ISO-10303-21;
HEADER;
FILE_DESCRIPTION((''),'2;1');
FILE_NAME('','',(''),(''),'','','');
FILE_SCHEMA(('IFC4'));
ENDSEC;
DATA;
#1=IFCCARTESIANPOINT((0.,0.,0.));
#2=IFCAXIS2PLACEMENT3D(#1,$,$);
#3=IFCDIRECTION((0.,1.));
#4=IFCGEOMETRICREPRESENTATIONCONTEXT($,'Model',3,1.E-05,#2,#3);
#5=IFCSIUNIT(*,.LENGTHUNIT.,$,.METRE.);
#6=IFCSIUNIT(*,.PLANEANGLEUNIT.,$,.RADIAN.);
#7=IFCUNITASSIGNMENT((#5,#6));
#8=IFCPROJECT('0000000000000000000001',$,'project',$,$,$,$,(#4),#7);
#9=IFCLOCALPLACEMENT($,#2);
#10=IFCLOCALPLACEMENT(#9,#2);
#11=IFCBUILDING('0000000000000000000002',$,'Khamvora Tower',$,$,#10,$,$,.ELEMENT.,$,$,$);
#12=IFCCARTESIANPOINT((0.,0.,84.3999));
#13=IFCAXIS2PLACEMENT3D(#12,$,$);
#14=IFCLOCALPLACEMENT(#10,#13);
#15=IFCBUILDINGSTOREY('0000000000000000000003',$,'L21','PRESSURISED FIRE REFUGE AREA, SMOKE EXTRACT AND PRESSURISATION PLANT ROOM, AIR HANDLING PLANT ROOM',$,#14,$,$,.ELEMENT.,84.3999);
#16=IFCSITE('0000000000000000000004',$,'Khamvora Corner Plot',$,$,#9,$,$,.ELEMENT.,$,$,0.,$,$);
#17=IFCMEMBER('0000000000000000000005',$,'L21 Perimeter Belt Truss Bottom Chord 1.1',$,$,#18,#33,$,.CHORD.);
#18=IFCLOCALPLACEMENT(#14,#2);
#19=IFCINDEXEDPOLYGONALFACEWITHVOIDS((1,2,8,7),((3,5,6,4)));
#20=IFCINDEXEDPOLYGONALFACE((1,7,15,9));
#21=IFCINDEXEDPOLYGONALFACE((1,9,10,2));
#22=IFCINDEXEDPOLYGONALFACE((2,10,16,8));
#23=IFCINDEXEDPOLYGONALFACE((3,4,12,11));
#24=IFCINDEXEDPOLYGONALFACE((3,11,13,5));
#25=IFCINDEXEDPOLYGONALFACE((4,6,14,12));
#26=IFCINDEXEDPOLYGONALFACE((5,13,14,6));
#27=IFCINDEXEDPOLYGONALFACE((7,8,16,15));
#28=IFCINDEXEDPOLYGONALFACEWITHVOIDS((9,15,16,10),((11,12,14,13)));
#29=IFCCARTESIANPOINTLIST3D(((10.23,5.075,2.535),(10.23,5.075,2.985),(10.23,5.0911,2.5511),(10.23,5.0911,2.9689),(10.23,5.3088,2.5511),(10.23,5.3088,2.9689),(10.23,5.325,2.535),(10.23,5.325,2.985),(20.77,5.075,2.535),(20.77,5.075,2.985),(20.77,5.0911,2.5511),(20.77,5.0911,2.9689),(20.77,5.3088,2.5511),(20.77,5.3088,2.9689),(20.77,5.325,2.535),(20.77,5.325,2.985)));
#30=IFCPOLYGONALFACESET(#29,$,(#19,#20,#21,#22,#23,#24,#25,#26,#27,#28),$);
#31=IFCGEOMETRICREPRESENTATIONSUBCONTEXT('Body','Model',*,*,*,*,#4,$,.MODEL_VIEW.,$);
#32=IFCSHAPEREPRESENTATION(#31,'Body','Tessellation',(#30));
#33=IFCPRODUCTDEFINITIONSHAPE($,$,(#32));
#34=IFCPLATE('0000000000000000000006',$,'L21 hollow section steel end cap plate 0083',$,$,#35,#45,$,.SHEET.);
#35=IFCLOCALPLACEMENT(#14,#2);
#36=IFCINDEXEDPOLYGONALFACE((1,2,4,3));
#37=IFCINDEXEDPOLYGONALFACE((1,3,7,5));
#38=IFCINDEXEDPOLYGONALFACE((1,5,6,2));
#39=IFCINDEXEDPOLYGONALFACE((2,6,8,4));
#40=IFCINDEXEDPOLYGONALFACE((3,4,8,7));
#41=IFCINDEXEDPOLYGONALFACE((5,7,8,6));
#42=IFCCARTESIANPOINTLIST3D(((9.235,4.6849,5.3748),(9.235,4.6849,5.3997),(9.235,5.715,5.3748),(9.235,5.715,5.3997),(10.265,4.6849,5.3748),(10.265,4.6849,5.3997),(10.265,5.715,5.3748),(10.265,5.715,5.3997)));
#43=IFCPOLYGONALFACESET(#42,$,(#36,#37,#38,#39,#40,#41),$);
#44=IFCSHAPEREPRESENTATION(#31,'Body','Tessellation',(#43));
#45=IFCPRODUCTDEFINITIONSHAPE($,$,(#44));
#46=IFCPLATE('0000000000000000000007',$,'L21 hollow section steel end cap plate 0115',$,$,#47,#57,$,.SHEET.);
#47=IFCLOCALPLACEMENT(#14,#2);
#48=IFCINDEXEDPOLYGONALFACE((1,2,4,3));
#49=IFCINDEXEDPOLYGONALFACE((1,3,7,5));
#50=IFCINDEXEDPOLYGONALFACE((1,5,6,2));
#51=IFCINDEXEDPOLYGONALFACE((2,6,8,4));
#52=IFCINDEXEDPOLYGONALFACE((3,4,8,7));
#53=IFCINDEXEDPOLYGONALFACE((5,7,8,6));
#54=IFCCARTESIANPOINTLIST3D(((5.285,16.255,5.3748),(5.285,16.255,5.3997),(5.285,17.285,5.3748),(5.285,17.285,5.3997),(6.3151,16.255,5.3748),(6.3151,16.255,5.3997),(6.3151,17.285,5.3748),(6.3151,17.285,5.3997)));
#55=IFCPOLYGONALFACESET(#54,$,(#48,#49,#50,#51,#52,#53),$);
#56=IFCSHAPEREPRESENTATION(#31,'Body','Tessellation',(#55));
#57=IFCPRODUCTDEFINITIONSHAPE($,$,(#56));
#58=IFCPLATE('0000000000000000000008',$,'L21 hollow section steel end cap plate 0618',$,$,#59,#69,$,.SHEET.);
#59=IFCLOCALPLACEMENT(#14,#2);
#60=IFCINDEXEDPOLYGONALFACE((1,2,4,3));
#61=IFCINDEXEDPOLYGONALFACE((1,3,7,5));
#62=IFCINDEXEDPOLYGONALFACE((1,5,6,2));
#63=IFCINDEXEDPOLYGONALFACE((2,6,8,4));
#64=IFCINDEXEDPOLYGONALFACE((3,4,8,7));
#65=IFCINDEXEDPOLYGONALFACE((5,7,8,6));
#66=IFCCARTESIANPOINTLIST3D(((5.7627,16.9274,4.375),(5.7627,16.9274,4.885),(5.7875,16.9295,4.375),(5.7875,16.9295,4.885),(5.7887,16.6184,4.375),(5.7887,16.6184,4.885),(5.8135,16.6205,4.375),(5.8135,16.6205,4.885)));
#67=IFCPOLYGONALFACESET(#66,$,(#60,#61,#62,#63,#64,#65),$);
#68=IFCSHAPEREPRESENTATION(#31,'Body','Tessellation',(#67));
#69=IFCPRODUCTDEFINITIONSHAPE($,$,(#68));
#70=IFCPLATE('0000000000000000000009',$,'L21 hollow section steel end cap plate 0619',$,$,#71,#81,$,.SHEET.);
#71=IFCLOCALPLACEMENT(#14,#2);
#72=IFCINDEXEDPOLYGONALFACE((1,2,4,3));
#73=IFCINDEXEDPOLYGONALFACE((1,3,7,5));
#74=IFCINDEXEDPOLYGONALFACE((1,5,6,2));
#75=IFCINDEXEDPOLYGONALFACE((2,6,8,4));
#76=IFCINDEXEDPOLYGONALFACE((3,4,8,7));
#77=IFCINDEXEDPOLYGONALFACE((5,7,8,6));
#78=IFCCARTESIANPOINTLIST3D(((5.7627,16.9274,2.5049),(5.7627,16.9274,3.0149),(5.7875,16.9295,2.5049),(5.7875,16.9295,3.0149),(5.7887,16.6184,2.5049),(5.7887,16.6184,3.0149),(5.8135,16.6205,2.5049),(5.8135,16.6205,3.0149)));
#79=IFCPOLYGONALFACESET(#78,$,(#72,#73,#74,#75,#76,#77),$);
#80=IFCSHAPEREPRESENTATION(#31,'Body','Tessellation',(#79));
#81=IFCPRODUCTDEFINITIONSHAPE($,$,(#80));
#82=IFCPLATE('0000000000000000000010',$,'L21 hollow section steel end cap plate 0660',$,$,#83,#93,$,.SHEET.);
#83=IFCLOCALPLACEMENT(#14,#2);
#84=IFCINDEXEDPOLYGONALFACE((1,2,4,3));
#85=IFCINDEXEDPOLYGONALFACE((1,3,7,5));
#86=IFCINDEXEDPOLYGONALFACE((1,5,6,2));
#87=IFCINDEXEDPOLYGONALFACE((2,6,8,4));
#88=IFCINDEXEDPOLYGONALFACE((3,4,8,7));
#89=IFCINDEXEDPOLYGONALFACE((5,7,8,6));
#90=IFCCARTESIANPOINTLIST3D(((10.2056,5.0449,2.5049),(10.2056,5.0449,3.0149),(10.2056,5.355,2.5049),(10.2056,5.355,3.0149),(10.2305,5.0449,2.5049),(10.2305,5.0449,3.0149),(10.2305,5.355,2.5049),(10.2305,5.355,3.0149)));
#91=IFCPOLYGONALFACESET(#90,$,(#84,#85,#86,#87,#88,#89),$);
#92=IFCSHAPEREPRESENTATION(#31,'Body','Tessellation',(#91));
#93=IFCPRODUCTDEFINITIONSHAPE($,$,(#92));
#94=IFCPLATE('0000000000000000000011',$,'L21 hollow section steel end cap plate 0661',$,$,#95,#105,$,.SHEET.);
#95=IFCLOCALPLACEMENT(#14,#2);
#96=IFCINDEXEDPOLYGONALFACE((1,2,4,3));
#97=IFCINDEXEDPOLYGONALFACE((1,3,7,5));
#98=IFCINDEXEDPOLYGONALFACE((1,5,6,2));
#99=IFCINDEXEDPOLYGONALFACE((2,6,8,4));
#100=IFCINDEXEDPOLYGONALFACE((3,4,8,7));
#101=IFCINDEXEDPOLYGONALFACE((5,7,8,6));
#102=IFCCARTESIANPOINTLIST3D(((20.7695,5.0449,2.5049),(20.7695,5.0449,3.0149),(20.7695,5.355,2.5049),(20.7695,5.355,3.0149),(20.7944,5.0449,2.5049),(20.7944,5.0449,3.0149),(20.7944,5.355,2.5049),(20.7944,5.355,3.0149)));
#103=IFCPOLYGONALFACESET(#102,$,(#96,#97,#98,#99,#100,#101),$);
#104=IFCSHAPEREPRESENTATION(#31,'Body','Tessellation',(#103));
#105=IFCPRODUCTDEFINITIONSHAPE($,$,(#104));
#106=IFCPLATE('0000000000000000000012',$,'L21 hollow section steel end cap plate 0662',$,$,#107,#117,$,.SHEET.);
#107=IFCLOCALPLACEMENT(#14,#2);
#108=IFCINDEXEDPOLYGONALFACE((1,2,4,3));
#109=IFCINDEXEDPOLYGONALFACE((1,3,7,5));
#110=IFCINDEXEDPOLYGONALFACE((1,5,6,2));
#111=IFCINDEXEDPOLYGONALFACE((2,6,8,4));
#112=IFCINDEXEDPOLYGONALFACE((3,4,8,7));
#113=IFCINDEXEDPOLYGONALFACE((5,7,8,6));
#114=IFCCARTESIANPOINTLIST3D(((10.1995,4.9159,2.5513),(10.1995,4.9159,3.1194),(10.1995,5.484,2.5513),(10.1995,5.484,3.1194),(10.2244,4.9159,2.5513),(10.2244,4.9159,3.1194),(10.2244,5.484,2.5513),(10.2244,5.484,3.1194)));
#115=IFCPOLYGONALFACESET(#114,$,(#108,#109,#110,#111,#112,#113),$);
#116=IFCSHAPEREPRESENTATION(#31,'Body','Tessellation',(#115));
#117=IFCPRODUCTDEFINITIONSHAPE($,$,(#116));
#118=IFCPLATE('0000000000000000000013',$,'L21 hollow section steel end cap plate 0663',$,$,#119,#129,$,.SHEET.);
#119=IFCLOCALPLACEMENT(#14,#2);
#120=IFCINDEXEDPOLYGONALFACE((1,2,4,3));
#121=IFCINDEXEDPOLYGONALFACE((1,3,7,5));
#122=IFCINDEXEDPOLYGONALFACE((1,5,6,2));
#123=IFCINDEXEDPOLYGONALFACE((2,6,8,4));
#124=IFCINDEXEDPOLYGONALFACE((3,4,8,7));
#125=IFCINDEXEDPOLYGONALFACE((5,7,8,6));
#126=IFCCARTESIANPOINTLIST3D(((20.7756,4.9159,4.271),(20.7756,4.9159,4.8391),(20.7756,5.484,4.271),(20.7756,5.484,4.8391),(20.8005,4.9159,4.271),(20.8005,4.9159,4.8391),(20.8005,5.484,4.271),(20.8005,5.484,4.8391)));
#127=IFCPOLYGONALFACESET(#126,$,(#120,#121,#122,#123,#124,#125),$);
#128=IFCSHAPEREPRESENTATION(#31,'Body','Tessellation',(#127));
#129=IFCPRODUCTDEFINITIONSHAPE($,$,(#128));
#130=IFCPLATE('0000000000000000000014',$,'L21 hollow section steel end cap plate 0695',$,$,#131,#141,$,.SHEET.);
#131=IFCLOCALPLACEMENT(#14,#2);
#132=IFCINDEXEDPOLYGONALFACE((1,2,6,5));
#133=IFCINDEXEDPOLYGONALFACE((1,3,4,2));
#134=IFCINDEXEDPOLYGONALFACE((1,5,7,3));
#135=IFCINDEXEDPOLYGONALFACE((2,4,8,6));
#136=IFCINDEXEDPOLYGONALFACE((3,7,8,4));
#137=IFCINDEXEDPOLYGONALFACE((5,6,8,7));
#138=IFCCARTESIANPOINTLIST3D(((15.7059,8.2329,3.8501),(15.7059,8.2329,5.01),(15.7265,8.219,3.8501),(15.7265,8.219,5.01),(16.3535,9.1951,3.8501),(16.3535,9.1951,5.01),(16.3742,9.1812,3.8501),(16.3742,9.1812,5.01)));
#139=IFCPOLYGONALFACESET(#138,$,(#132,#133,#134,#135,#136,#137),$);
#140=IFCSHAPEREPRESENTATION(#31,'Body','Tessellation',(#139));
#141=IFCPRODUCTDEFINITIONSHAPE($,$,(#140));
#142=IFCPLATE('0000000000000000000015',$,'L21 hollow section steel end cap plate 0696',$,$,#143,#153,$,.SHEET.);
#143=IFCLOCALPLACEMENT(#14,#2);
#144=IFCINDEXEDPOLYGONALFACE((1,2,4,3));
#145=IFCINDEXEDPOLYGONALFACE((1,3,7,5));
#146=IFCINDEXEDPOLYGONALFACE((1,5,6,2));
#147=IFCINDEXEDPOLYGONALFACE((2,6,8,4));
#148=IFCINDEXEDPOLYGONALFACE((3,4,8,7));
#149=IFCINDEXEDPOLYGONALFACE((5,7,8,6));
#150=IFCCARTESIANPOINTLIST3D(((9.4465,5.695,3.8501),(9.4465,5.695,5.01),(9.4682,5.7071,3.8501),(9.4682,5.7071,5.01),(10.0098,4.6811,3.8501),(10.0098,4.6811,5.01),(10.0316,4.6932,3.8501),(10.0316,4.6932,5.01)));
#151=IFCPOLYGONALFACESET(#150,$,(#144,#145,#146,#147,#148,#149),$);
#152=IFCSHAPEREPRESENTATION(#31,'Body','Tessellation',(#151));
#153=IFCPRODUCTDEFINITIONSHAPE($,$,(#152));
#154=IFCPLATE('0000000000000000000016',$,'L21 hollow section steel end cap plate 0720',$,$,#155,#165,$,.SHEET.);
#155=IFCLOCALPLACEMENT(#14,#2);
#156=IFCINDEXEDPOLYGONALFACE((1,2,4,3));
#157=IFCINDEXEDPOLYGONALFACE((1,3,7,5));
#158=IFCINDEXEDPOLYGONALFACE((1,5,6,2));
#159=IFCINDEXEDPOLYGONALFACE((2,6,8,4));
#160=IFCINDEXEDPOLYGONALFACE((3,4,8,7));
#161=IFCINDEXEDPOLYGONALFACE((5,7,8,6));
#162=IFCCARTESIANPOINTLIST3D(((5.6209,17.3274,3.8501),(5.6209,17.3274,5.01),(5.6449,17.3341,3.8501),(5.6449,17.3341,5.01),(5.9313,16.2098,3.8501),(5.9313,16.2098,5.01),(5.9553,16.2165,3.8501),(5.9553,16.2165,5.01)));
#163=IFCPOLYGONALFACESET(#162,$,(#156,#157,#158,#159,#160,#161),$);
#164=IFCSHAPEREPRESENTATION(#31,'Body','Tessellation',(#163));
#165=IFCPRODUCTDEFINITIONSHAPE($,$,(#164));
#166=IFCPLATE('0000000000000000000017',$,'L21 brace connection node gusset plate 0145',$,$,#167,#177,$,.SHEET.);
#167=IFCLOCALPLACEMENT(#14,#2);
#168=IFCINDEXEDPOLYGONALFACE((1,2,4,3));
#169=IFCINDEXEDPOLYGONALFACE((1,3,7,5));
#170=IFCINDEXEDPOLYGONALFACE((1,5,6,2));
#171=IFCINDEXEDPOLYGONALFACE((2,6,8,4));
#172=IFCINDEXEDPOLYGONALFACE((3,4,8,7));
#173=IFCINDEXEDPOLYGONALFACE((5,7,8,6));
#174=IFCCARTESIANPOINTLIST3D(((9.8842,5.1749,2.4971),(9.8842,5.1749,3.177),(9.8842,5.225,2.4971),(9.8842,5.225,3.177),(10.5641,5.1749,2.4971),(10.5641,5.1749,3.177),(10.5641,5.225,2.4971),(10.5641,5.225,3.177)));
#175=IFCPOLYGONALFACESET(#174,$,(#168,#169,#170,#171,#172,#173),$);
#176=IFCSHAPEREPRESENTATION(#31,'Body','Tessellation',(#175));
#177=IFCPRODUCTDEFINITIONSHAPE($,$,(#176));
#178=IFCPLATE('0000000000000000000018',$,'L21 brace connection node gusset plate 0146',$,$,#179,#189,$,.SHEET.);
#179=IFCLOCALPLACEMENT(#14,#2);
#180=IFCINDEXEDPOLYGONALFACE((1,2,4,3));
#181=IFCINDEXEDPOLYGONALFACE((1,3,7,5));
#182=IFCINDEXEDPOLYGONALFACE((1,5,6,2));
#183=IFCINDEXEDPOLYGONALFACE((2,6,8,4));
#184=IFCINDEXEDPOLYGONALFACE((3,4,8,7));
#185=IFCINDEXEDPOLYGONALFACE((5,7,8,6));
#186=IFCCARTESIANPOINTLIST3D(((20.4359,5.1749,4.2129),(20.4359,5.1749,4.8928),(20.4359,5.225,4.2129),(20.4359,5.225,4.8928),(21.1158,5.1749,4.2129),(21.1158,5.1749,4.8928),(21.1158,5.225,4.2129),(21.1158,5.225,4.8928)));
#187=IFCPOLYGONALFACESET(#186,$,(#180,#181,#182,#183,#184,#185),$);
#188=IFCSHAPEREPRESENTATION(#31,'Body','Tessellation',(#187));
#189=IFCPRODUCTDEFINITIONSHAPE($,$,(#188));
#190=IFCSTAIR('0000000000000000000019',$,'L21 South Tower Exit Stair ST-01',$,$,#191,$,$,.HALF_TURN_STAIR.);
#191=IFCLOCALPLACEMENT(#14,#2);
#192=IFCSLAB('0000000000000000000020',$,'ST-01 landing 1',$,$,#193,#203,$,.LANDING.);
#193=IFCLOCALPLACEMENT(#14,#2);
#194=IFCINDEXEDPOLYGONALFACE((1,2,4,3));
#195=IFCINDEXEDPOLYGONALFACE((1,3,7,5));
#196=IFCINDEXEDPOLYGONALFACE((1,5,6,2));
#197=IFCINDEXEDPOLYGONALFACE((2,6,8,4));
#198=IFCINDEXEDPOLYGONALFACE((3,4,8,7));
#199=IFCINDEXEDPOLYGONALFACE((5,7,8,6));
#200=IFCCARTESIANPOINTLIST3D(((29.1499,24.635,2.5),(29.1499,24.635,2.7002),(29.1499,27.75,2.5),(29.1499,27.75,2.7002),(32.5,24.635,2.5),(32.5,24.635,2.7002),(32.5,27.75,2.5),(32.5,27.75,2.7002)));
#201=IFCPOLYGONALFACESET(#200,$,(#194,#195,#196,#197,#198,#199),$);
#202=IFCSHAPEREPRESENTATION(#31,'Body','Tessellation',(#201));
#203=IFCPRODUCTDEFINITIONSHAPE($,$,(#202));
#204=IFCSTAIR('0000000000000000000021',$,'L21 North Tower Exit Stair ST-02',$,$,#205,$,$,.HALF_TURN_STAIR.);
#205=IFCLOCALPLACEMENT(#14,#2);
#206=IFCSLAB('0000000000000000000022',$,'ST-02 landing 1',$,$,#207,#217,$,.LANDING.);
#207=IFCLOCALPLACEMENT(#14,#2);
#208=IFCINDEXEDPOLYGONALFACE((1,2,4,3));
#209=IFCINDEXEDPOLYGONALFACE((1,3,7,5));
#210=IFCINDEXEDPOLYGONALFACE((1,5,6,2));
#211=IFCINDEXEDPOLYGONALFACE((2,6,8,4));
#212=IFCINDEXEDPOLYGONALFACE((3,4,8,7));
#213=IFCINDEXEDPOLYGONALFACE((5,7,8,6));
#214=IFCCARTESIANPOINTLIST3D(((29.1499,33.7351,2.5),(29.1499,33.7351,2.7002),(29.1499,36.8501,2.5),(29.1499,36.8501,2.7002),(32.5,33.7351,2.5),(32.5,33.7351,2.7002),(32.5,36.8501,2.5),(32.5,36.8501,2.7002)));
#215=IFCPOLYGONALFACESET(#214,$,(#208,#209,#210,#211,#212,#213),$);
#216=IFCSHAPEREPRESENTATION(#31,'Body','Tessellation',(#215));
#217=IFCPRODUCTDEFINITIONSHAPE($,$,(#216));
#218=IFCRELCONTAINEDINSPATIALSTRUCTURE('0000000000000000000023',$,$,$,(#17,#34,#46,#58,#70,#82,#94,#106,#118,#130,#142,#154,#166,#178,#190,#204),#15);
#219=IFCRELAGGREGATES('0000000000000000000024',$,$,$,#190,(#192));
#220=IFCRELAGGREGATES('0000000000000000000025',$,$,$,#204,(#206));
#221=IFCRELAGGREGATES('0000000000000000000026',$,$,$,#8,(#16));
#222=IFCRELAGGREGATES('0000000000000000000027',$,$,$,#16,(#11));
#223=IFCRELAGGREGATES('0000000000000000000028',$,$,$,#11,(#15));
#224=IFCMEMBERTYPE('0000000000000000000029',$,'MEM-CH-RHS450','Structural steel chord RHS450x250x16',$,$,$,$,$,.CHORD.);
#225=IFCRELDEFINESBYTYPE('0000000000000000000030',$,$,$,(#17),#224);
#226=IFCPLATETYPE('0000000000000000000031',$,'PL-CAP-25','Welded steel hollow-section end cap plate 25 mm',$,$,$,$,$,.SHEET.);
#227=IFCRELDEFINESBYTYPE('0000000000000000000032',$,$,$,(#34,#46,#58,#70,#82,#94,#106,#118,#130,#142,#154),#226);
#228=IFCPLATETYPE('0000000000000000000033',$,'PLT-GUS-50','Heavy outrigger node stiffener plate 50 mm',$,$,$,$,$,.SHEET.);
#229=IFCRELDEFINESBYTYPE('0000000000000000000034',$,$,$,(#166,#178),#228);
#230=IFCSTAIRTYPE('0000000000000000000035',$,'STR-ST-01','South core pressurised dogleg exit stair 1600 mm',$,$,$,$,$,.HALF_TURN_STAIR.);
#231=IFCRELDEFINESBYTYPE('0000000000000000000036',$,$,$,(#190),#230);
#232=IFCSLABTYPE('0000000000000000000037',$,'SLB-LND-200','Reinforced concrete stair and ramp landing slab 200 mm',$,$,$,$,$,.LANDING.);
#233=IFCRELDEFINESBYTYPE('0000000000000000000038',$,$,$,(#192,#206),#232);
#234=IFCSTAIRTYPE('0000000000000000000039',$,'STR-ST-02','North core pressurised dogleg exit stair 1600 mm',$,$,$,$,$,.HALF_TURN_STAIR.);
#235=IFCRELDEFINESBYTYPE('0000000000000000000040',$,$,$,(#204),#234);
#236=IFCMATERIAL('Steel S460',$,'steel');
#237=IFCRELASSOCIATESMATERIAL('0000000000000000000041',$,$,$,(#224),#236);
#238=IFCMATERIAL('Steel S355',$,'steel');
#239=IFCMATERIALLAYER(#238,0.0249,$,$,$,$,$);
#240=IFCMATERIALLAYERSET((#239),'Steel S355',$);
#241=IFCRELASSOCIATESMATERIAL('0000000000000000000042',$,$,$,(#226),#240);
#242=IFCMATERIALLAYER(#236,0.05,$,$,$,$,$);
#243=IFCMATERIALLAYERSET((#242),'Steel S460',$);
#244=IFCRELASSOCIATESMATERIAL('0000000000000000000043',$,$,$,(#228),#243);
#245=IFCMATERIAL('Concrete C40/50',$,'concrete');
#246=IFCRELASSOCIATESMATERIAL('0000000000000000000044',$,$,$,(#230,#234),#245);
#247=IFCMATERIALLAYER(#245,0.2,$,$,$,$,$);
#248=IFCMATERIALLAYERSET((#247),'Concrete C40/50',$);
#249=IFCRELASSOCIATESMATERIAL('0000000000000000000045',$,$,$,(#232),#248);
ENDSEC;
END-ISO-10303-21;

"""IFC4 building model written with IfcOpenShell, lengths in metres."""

from ifc_helpers import new_model, si_unit, direction, frame, origin, origin_2d, place, context, subcontext, project, spatial, polyline, rectangle, hollow_rectangle, outline, extrude, material, layer, layer_set, material_profile, profile_set, type_object, element, aggregate, save


model = new_model("IFC4")

# Units and contexts
model_context = context("Model", 3, precision=1e-05, world=origin(), true_north=direction((0.0, 1.0)))
body_context = subcontext(model_context, "Body", "Model", "MODEL_VIEW")
ifc_project = project(units=[si_unit("LENGTHUNIT", "METRE"), si_unit("PLANEANGLEUNIT", "RADIAN")], contexts=[model_context])

# Site, building, storey
site_placement = place(None, origin())
site = spatial("IfcSite", under=ifc_project, at=site_placement, Name="Khamvora Corner Plot", CompositionType="ELEMENT", RefElevation=0.0)
building_placement = place(site_placement, origin())
building = spatial("IfcBuilding", under=site, at=building_placement, Name="Khamvora Tower", CompositionType="ELEMENT")
storey_placement = place(building_placement, frame((0.0, 0.0, 84.3999)))
storey = spatial("IfcBuildingStorey", under=building, at=storey_placement, Name="L21", Description="PRESSURISED FIRE REFUGE AREA, SMOKE EXTRACT AND PRESSURISATION PLANT ROOM, AIR HANDLING PLANT ROOM", CompositionType="ELEMENT", Elevation=84.3999)

# Shared definitions
ifc_material_1 = material(Name="Steel S355", Category="steel")

# Shared definitions
ifc_material_2 = material(Name="Steel S460", Category="steel")

# Member
ifc_material_profile_1 = material_profile(ifc_material_2, hollow_rectangle(XDim=0.25, YDim=0.45, WallThickness=0.0161, at=origin_2d()), Name="RHS450x250x16")
ifc_profile_set_1 = profile_set([ifc_material_profile_1], Name="Steel S460")
member_type_1 = type_object("IfcMemberType", Name="MEM-CH-RHS450", Description="Structural steel chord RHS450x250x16", PredefinedType="CHORD", material=ifc_profile_set_1)
member_1_placement = place(storey_placement, frame((10.23, 5.2, 2.76), z_axis=(1.0, 0.0, 0.0), x_axis=(0.0, 1.0, 0.0)))
element("IfcMember", 1, at=member_1_placement, inside=storey, type_object=member_type_1, Name="L21 Perimeter Belt Truss Bottom Chord 1.1", PredefinedType="CHORD", context=body_context, shape_type="SweptSolid", body=[
    extrude(hollow_rectangle(XDim=0.25, YDim=0.45, WallThickness=0.0161, at=origin_2d()), origin(), (0.0, 0.0, 1.0), 10.54),
])

# Plates
ifc_layer_1 = layer(ifc_material_1, 0.0249)
ifc_layer_set_1 = layer_set([ifc_layer_1], Name="Steel S355")
plate_type_1 = type_object("IfcPlateType", Name="PL-CAP-25", Description="Welded steel hollow-section end cap plate 25 mm", PredefinedType="SHEET", material=ifc_layer_set_1)
for number, where, z_axis, x_axis, name in (
    (2, (9.75, 5.2, 5.3748), (0.0, 0.0, 1.0), (1.0, 0.0, 0.0), "L21 hollow section steel end cap plate 0083"),
    (3, (5.8, 16.77, 5.3748), (0.0, 0.0, 1.0), (1.0, 0.0, 0.0), "L21 hollow section steel end cap plate 0115"),
):
    element("IfcPlate", number, at=place(storey_placement, frame(where, z_axis=z_axis, x_axis=x_axis)), inside=storey, type_object=plate_type_1, Name=name, PredefinedType="SHEET", context=body_context, shape_type="SweptSolid", body=[
        extrude(rectangle(XDim=1.03, YDim=1.03, at=origin_2d()), origin(), (0.0, 0.0, 1.0), 0.0249),
    ])
for number, where, z_axis, x_axis, name in (
    (4, (5.7881, 16.7739, 4.375), (0.0, 0.0, 1.0), (-0.996488, -0.08373, 0.0), "L21 hollow section steel end cap plate 0618"),
    (5, (5.7881, 16.7739, 2.5049), (0.0, 0.0, 1.0), (-0.996488, -0.08373, 0.0), "L21 hollow section steel end cap plate 0619"),
    (6, (10.218, 5.2, 2.5049), (0.0, 0.0, 1.0), (1.0, 0.0, 0.0), "L21 hollow section steel end cap plate 0660"),
    (7, (20.782, 5.2, 2.5049), (0.0, 0.0, 1.0), (1.0, 0.0, 0.0), "L21 hollow section steel end cap plate 0661"),
):
    element("IfcPlate", number, at=place(storey_placement, frame(where, z_axis=z_axis, x_axis=x_axis)), inside=storey, type_object=plate_type_1, Name=name, PredefinedType="SHEET", context=body_context, shape_type="SweptSolid", body=[
        extrude(rectangle(XDim=0.0249, YDim=0.3101, at=origin_2d()), origin(), (0.0, 0.0, 1.0), 0.51),
    ])
for number, where, z_axis, x_axis, name in (
    (8, (10.2119, 5.2, 2.5513), (0.0, 0.0, 1.0), (1.0, 0.0, 0.0), "L21 hollow section steel end cap plate 0662"),
    (9, (20.7881, 5.2, 4.271), (0.0, 0.0, 1.0), (1.0, 0.0, 0.0), "L21 hollow section steel end cap plate 0663"),
):
    element("IfcPlate", number, at=place(storey_placement, frame(where, z_axis=z_axis, x_axis=x_axis)), inside=storey, type_object=plate_type_1, Name=name, PredefinedType="SHEET", context=body_context, shape_type="SweptSolid", body=[
        extrude(rectangle(XDim=0.0249, YDim=0.5681, at=origin_2d()), origin(), (0.0, 0.0, 1.0), 0.5681),
    ])
for number, where, z_axis, x_axis, name in (
    (10, (16.04, 8.707, 3.8501), (0.0, 0.0, 1.0), (-0.829584, 0.558382, 0.0), "L21 hollow section steel end cap plate 0695"),
    (11, (9.739, 5.1941, 3.8501), (0.0, 0.0, 1.0), (0.874154, 0.485649, 0.0), "L21 hollow section steel end cap plate 0696"),
    (12, (5.7881, 16.772, 3.8501), (0.0, 0.0, 1.0), (0.963518, 0.267642, 0.0), "L21 hollow section steel end cap plate 0720"),
):
    element("IfcPlate", number, at=place(storey_placement, frame(where, z_axis=z_axis, x_axis=x_axis)), inside=storey, type_object=plate_type_1, Name=name, PredefinedType="SHEET", context=body_context, shape_type="SweptSolid", body=[
        extrude(rectangle(XDim=0.0249, YDim=1.1599, at=origin_2d()), origin(), (0.0, 0.0, 1.0), 1.1599),
    ])
ifc_layer_2 = layer(ifc_material_2, 0.05)
ifc_layer_set_2 = layer_set([ifc_layer_2], Name="Steel S460")
plate_type_2 = type_object("IfcPlateType", Name="PLT-GUS-50", Description="Heavy outrigger node stiffener plate 50 mm", PredefinedType="SHEET", material=ifc_layer_set_2)
for number, where, z_axis, x_axis, name in (
    (13, (10.2241, 5.2, 2.4971), (0.0, 0.0, 1.0), (1.0, 0.0, 0.0), "L21 brace connection node gusset plate 0145"),
    (14, (20.7759, 5.2, 4.2129), (0.0, 0.0, 1.0), (1.0, 0.0, 0.0), "L21 brace connection node gusset plate 0146"),
):
    element("IfcPlate", number, at=place(storey_placement, frame(where, z_axis=z_axis, x_axis=x_axis)), inside=storey, type_object=plate_type_2, Name=name, PredefinedType="SHEET", context=body_context, shape_type="SweptSolid", body=[
        extrude(rectangle(XDim=0.6799, YDim=0.05, at=origin_2d()), origin(), (0.0, 0.0, 1.0), 0.6799),
    ])

# Stairs, slabs
ifc_material_3 = material(Name="Concrete C40/50", Category="concrete")
stair_type_1 = type_object("IfcStairType", Name="STR-ST-01", Description="South core pressurised dogleg exit stair 1600 mm", PredefinedType="HALF_TURN_STAIR", material=ifc_material_3)
stair_1_placement = place(storey_placement, origin())
stair_1 = element("IfcStair", 15, at=stair_1_placement, inside=storey, type_object=stair_type_1, Name="L21 South Tower Exit Stair ST-01", PredefinedType="HALF_TURN_STAIR")
ifc_layer_3 = layer(ifc_material_3, 0.2)
ifc_layer_set_3 = layer_set([ifc_layer_3], Name="Concrete C40/50")
slab_type_1 = type_object("IfcSlabType", Name="SLB-LND-200", Description="Reinforced concrete stair and ramp landing slab 200 mm", PredefinedType="LANDING", material=ifc_layer_set_3)
slab_1_placement = place(storey_placement, frame((0.0, 0.0, 2.5)))
slab_1 = element("IfcSlab", 16, at=slab_1_placement, type_object=slab_type_1, Name="ST-01 landing 1", PredefinedType="LANDING", context=body_context, shape_type="SweptSolid", body=[
    extrude(outline(polyline([(32.5, 24.635), (32.5, 27.75), (29.1499, 27.75), (29.1499, 24.635), (32.5, 24.635)])), origin(), (0.0, 0.0, 1.0), 0.2002),
])
aggregate(stair_1, [slab_1])
stair_type_2 = type_object("IfcStairType", Name="STR-ST-02", Description="North core pressurised dogleg exit stair 1600 mm", PredefinedType="HALF_TURN_STAIR", material=ifc_material_3)
stair_2_placement = place(storey_placement, origin())
stair_2 = element("IfcStair", 17, at=stair_2_placement, inside=storey, type_object=stair_type_2, Name="L21 North Tower Exit Stair ST-02", PredefinedType="HALF_TURN_STAIR")
slab_2_placement = place(storey_placement, frame((0.0, 0.0, 2.5)))
slab_2 = element("IfcSlab", 18, at=slab_2_placement, type_object=slab_type_1, Name="ST-02 landing 1", PredefinedType="LANDING", context=body_context, shape_type="SweptSolid", body=[
    extrude(outline(polyline([(32.5, 33.7351), (32.5, 36.8501), (29.1499, 36.8501), (29.1499, 33.7351), (32.5, 33.7351)])), origin(), (0.0, 0.0, 1.0), 0.2002),
])
aggregate(stair_2, [slab_2])

save(model, "model.ifc")
